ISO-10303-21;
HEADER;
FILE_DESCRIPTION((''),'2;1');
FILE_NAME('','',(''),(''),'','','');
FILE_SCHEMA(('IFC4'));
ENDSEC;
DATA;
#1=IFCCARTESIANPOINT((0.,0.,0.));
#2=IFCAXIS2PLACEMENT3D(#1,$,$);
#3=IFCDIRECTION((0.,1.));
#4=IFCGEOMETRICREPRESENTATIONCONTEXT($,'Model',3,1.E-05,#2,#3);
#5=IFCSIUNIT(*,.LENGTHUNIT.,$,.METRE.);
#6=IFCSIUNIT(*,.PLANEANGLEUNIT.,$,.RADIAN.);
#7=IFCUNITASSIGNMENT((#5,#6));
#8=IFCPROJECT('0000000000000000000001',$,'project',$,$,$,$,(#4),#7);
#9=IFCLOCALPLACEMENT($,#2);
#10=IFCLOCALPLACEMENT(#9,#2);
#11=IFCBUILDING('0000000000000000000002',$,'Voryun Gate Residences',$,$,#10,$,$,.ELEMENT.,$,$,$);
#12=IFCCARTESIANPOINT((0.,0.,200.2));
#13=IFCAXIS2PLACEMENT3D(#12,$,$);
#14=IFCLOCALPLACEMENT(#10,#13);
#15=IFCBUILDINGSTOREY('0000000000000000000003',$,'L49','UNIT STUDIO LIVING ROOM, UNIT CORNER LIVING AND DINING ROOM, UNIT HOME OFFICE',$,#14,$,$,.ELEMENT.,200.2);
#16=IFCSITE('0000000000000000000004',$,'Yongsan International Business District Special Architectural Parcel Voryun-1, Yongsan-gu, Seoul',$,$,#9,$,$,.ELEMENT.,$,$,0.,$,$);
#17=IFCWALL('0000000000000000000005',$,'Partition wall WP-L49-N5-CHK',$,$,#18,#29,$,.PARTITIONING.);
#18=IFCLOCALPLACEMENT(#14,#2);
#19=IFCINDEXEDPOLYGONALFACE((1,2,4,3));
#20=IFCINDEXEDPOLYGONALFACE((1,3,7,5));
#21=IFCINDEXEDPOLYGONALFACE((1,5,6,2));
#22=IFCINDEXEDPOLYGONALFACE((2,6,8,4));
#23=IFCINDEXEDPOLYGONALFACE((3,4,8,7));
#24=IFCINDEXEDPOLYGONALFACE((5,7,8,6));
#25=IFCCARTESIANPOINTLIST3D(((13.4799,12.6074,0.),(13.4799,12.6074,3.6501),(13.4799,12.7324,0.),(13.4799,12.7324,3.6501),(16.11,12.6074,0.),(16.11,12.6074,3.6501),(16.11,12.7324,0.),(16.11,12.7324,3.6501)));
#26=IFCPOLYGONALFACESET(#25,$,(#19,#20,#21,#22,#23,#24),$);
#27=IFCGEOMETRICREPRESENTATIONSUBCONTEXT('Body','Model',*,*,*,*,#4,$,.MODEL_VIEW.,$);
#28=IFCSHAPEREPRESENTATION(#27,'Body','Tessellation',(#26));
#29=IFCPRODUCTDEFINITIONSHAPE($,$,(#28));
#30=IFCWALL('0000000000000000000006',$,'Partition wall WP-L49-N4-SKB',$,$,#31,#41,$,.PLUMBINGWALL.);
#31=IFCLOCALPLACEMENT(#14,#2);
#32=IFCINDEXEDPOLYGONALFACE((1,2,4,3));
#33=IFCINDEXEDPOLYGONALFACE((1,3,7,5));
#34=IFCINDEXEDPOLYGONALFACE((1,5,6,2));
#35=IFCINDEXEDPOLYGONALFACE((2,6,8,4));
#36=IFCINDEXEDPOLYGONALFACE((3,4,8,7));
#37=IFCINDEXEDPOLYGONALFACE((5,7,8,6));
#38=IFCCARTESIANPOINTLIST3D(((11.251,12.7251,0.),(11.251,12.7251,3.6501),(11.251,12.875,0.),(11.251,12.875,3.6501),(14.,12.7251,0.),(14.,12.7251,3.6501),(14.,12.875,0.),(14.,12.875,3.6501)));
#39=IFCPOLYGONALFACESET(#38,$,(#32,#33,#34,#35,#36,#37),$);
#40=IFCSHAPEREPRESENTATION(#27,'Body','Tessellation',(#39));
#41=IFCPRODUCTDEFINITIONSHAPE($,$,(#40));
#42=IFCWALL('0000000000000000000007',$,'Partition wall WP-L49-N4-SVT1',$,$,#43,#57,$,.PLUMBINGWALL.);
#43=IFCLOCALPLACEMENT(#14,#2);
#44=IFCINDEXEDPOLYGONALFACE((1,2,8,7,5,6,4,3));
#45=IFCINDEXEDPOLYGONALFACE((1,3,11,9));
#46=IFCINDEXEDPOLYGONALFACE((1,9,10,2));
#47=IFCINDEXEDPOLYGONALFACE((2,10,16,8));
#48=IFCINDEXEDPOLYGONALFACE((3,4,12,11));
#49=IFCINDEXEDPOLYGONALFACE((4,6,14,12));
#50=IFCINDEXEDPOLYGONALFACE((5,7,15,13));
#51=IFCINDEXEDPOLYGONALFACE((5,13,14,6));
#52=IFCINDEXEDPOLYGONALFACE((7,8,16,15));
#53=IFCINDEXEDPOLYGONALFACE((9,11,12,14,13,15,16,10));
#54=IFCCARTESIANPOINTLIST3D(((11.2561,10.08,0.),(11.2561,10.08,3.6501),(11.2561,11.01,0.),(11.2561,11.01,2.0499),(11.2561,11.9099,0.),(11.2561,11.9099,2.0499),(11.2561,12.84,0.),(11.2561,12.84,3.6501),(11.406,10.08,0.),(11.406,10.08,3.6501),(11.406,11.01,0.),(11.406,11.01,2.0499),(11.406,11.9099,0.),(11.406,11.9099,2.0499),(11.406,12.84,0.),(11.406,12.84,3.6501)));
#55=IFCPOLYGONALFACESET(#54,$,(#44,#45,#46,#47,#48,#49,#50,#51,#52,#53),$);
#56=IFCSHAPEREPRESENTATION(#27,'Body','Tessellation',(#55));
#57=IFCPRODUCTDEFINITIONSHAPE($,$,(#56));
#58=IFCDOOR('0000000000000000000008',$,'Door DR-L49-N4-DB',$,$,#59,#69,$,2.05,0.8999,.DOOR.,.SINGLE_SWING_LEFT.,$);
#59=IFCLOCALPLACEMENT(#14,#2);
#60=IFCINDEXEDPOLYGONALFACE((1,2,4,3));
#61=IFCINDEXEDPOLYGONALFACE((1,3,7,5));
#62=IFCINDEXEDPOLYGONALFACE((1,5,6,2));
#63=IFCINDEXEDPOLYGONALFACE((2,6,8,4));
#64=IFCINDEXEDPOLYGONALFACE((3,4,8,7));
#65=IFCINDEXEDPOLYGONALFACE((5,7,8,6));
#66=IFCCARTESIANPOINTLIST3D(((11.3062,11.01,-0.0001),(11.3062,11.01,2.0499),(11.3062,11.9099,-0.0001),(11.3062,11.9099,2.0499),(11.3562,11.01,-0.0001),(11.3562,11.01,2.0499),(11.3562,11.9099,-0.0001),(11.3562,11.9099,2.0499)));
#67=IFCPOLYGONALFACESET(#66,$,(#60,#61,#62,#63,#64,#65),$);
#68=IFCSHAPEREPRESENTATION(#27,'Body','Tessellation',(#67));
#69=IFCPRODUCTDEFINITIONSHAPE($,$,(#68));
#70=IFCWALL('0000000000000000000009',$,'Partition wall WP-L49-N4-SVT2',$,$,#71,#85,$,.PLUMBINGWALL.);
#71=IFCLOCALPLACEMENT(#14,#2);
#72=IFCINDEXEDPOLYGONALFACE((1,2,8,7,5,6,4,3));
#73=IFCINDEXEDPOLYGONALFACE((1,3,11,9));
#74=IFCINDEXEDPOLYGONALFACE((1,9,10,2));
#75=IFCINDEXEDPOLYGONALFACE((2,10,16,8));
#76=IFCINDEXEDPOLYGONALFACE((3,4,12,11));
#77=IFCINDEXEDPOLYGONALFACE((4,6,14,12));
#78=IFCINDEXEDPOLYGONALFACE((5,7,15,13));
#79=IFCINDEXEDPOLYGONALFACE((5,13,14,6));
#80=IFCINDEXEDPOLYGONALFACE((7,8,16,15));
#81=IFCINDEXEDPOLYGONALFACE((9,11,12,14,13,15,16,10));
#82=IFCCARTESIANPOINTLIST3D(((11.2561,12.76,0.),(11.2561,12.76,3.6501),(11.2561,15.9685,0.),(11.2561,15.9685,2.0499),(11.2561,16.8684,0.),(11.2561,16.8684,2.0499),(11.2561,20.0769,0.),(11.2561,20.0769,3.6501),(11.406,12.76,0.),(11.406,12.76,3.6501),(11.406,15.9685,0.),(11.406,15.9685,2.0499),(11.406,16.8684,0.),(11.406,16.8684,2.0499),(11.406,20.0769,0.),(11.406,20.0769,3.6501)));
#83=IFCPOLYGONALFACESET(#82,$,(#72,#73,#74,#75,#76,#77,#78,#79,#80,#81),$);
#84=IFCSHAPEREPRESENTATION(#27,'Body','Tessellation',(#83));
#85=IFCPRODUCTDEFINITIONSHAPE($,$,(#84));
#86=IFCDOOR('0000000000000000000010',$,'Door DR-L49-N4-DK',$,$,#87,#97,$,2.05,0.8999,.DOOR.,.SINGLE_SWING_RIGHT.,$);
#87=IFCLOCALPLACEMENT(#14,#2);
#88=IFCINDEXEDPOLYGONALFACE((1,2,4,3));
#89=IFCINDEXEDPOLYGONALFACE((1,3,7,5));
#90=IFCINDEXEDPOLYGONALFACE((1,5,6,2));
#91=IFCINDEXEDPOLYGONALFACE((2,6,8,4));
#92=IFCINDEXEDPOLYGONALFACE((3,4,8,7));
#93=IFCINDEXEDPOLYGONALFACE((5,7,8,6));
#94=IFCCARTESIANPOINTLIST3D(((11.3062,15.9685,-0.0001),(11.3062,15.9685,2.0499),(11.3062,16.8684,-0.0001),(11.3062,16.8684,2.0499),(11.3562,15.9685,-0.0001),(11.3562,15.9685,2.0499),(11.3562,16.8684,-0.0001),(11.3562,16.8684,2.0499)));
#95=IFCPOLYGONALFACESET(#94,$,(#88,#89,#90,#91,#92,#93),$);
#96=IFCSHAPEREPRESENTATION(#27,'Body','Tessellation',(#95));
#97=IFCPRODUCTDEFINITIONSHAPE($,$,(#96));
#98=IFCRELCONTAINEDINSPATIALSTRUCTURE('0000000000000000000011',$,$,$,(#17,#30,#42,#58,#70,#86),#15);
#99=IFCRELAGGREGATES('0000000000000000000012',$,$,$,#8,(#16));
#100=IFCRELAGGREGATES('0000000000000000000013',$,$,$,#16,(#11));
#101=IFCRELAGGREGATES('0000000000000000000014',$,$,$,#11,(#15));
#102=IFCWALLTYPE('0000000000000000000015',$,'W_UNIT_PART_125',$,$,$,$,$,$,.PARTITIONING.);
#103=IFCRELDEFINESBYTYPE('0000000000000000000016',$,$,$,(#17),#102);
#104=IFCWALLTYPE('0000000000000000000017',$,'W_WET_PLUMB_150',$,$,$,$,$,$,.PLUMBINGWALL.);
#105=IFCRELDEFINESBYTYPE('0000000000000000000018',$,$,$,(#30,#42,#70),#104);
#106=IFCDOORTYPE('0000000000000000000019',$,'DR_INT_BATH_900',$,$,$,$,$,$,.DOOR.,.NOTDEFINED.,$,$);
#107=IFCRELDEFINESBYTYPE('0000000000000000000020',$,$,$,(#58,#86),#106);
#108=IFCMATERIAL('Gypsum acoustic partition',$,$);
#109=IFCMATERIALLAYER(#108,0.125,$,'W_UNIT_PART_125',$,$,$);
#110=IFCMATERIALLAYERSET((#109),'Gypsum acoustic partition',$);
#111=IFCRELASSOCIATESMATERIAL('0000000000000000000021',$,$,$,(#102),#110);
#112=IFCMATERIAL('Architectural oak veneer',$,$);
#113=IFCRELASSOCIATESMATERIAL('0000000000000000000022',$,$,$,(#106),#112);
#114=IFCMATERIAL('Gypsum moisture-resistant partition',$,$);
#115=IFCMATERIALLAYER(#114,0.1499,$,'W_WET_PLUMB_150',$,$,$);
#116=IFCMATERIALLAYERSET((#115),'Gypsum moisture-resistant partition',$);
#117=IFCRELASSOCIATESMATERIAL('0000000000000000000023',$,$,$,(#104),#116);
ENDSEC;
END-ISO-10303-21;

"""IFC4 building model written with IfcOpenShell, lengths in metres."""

from ifc_helpers import new_model, si_unit, direction, frame, frame_2d, origin, place, context, subcontext, project, spatial, rectangle, extrude, material, layer, layer_set, type_object, element, fill, save


model = new_model("IFC4")

# Units and contexts
model_context = context("Model", 3, precision=1e-05, world=origin(), true_north=direction((0.0, 1.0)))
body_context = subcontext(model_context, "Body", "Model", "MODEL_VIEW")
ifc_project = project(units=[si_unit("LENGTHUNIT", "METRE"), si_unit("PLANEANGLEUNIT", "RADIAN")], contexts=[model_context])

# Site, building, storey
site_placement = place(None, origin())
site = spatial("IfcSite", under=ifc_project, at=site_placement, Name="Yongsan International Business District Special Architectural Parcel Voryun-1, Yongsan-gu, Seoul", CompositionType="ELEMENT", RefElevation=0.0)
building_placement = place(site_placement, origin())
building = spatial("IfcBuilding", under=site, at=building_placement, Name="Voryun Gate Residences", CompositionType="ELEMENT")
storey_placement = place(building_placement, frame((0.0, 0.0, 200.2)))
storey = spatial("IfcBuildingStorey", under=building, at=storey_placement, Name="L49", Description="UNIT STUDIO LIVING ROOM, UNIT CORNER LIVING AND DINING ROOM, UNIT HOME OFFICE", CompositionType="ELEMENT", Elevation=200.2)

# Shared definitions
ifc_material_1 = material(Name="Gypsum acoustic partition")
ifc_layer_1 = layer(ifc_material_1, 0.125, Name="W_UNIT_PART_125")
ifc_layer_set_1 = layer_set([ifc_layer_1], Name="Gypsum acoustic partition")
wall_type_1 = type_object("IfcWallType", Name="W_UNIT_PART_125", PredefinedType="PARTITIONING", material=ifc_layer_set_1)
ifc_material_2 = material(Name="Architectural oak veneer")
door_type_1 = type_object("IfcDoorType", Name="DR_INT_BATH_900", OperationType="NOTDEFINED", PredefinedType="DOOR", material=ifc_material_2)

# Walls
wall_1_placement = place(storey_placement, frame((13.48, 12.6699, 0.0), z_axis=(0.0, 0.0, 1.0), x_axis=(1.0, 0.0, 0.0)))
element("IfcWall", 1, at=wall_1_placement, inside=storey, type_object=wall_type_1, Name="Partition wall WP-L49-N5-CHK", PredefinedType="PARTITIONING", context=body_context, shape_type="SweptSolid", body=[
    extrude(rectangle(XDim=2.6301, YDim=0.125, at=frame_2d((1.3149, 0.0))), origin(), (0.0, 0.0, 1.0), 3.6501),
])
ifc_material_3 = material(Name="Gypsum moisture-resistant partition")
ifc_layer_2 = layer(ifc_material_3, 0.1499, Name="W_WET_PLUMB_150")
ifc_layer_set_2 = layer_set([ifc_layer_2], Name="Gypsum moisture-resistant partition")
wall_type_2 = type_object("IfcWallType", Name="W_WET_PLUMB_150", PredefinedType="PLUMBINGWALL", material=ifc_layer_set_2)
wall_2_placement = place(storey_placement, frame((11.251, 12.8, 0.0), z_axis=(0.0, 0.0, 1.0), x_axis=(1.0, 0.0, 0.0)))
element("IfcWall", 2, at=wall_2_placement, inside=storey, type_object=wall_type_2, Name="Partition wall WP-L49-N4-SKB", PredefinedType="PLUMBINGWALL", context=body_context, shape_type="SweptSolid", body=[
    extrude(rectangle(XDim=2.749, YDim=0.1499, at=frame_2d((1.3745, 0.0))), origin(), (0.0, 0.0, 1.0), 3.6501),
])

# Walls, openings, doors
wall_3_placement = place(storey_placement, frame((11.3311, 10.0801, 0.0), z_axis=(0.0, 0.0, 1.0), x_axis=(0.0, 1.0, 0.0)))
wall_3 = element("IfcWall", 3, at=wall_3_placement, inside=storey, type_object=wall_type_2, Name="Partition wall WP-L49-N4-SVT1", PredefinedType="PLUMBINGWALL", context=body_context, shape_type="SweptSolid", body=[
    extrude(rectangle(XDim=2.76, YDim=0.1499, at=frame_2d((1.3799, 0.0))), origin(), (0.0, 0.0, 1.0), 3.6501),
])
opening_1_placement = place(wall_3_placement, frame((0.9299, 0.0, 0.0)))
opening_1 = element("IfcOpeningElement", 4, at=opening_1_placement, cuts=wall_3, PredefinedType="OPENING", context=body_context, shape_type="SweptSolid", body=[
    extrude(rectangle(XDim=0.8999, YDim=2.05, at=frame_2d((0.45, 1.0249))), frame((0.0, 0.085, 0.0), z_axis=(0.0, -1.0, 0.0), x_axis=(1.0, 0.0, 0.0)), (0.0, 0.0, 1.0), 0.1699),
])
door_1_placement = place(opening_1_placement, origin())
door_1 = element("IfcDoor", 5, at=door_1_placement, inside=storey, type_object=door_type_1, Name="Door DR-L49-N4-DB", OperationType="SINGLE_SWING_LEFT", OverallHeight=2.05, OverallWidth=0.8999, PredefinedType="DOOR", context=body_context, shape_type="SweptSolid", body=[
    extrude(rectangle(XDim=0.8999, YDim=2.05, at=frame_2d((0.45, 1.0249))), frame((0.0, 0.0249, 0.0), z_axis=(0.0, -1.0, 0.0), x_axis=(1.0, 0.0, 0.0)), (0.0, 0.0, 1.0), 0.05),
])
fill(opening_1, door_1)
wall_4_placement = place(storey_placement, frame((11.3311, 12.76, 0.0), z_axis=(0.0, 0.0, 1.0), x_axis=(0.0, 1.0, 0.0)))
wall_4 = element("IfcWall", 6, at=wall_4_placement, inside=storey, type_object=wall_type_2, Name="Partition wall WP-L49-N4-SVT2", PredefinedType="PLUMBINGWALL", context=body_context, shape_type="SweptSolid", body=[
    extrude(rectangle(XDim=7.3169, YDim=0.1499, at=frame_2d((3.6584, 0.0))), origin(), (0.0, 0.0, 1.0), 3.6501),
])
opening_2_placement = place(wall_4_placement, frame((3.2085, 0.0, 0.0)))
opening_2 = element("IfcOpeningElement", 7, at=opening_2_placement, cuts=wall_4, PredefinedType="OPENING", context=body_context, shape_type="SweptSolid", body=[
    extrude(rectangle(XDim=0.8999, YDim=2.05, at=frame_2d((0.45, 1.0249))), frame((0.0, 0.085, 0.0), z_axis=(0.0, -1.0, 0.0), x_axis=(1.0, 0.0, 0.0)), (0.0, 0.0, 1.0), 0.1699),
])
door_2_placement = place(opening_2_placement, origin())
door_2 = element("IfcDoor", 8, at=door_2_placement, inside=storey, type_object=door_type_1, Name="Door DR-L49-N4-DK", OperationType="SINGLE_SWING_RIGHT", OverallHeight=2.05, OverallWidth=0.8999, PredefinedType="DOOR", context=body_context, shape_type="SweptSolid", body=[
    extrude(rectangle(XDim=0.8999, YDim=2.05, at=frame_2d((0.45, 1.0249))), frame((0.0, 0.0249, 0.0), z_axis=(0.0, -1.0, 0.0), x_axis=(1.0, 0.0, 0.0)), (0.0, 0.0, 1.0), 0.05),
])
fill(opening_2, door_2)

save(model, "model.ifc")
